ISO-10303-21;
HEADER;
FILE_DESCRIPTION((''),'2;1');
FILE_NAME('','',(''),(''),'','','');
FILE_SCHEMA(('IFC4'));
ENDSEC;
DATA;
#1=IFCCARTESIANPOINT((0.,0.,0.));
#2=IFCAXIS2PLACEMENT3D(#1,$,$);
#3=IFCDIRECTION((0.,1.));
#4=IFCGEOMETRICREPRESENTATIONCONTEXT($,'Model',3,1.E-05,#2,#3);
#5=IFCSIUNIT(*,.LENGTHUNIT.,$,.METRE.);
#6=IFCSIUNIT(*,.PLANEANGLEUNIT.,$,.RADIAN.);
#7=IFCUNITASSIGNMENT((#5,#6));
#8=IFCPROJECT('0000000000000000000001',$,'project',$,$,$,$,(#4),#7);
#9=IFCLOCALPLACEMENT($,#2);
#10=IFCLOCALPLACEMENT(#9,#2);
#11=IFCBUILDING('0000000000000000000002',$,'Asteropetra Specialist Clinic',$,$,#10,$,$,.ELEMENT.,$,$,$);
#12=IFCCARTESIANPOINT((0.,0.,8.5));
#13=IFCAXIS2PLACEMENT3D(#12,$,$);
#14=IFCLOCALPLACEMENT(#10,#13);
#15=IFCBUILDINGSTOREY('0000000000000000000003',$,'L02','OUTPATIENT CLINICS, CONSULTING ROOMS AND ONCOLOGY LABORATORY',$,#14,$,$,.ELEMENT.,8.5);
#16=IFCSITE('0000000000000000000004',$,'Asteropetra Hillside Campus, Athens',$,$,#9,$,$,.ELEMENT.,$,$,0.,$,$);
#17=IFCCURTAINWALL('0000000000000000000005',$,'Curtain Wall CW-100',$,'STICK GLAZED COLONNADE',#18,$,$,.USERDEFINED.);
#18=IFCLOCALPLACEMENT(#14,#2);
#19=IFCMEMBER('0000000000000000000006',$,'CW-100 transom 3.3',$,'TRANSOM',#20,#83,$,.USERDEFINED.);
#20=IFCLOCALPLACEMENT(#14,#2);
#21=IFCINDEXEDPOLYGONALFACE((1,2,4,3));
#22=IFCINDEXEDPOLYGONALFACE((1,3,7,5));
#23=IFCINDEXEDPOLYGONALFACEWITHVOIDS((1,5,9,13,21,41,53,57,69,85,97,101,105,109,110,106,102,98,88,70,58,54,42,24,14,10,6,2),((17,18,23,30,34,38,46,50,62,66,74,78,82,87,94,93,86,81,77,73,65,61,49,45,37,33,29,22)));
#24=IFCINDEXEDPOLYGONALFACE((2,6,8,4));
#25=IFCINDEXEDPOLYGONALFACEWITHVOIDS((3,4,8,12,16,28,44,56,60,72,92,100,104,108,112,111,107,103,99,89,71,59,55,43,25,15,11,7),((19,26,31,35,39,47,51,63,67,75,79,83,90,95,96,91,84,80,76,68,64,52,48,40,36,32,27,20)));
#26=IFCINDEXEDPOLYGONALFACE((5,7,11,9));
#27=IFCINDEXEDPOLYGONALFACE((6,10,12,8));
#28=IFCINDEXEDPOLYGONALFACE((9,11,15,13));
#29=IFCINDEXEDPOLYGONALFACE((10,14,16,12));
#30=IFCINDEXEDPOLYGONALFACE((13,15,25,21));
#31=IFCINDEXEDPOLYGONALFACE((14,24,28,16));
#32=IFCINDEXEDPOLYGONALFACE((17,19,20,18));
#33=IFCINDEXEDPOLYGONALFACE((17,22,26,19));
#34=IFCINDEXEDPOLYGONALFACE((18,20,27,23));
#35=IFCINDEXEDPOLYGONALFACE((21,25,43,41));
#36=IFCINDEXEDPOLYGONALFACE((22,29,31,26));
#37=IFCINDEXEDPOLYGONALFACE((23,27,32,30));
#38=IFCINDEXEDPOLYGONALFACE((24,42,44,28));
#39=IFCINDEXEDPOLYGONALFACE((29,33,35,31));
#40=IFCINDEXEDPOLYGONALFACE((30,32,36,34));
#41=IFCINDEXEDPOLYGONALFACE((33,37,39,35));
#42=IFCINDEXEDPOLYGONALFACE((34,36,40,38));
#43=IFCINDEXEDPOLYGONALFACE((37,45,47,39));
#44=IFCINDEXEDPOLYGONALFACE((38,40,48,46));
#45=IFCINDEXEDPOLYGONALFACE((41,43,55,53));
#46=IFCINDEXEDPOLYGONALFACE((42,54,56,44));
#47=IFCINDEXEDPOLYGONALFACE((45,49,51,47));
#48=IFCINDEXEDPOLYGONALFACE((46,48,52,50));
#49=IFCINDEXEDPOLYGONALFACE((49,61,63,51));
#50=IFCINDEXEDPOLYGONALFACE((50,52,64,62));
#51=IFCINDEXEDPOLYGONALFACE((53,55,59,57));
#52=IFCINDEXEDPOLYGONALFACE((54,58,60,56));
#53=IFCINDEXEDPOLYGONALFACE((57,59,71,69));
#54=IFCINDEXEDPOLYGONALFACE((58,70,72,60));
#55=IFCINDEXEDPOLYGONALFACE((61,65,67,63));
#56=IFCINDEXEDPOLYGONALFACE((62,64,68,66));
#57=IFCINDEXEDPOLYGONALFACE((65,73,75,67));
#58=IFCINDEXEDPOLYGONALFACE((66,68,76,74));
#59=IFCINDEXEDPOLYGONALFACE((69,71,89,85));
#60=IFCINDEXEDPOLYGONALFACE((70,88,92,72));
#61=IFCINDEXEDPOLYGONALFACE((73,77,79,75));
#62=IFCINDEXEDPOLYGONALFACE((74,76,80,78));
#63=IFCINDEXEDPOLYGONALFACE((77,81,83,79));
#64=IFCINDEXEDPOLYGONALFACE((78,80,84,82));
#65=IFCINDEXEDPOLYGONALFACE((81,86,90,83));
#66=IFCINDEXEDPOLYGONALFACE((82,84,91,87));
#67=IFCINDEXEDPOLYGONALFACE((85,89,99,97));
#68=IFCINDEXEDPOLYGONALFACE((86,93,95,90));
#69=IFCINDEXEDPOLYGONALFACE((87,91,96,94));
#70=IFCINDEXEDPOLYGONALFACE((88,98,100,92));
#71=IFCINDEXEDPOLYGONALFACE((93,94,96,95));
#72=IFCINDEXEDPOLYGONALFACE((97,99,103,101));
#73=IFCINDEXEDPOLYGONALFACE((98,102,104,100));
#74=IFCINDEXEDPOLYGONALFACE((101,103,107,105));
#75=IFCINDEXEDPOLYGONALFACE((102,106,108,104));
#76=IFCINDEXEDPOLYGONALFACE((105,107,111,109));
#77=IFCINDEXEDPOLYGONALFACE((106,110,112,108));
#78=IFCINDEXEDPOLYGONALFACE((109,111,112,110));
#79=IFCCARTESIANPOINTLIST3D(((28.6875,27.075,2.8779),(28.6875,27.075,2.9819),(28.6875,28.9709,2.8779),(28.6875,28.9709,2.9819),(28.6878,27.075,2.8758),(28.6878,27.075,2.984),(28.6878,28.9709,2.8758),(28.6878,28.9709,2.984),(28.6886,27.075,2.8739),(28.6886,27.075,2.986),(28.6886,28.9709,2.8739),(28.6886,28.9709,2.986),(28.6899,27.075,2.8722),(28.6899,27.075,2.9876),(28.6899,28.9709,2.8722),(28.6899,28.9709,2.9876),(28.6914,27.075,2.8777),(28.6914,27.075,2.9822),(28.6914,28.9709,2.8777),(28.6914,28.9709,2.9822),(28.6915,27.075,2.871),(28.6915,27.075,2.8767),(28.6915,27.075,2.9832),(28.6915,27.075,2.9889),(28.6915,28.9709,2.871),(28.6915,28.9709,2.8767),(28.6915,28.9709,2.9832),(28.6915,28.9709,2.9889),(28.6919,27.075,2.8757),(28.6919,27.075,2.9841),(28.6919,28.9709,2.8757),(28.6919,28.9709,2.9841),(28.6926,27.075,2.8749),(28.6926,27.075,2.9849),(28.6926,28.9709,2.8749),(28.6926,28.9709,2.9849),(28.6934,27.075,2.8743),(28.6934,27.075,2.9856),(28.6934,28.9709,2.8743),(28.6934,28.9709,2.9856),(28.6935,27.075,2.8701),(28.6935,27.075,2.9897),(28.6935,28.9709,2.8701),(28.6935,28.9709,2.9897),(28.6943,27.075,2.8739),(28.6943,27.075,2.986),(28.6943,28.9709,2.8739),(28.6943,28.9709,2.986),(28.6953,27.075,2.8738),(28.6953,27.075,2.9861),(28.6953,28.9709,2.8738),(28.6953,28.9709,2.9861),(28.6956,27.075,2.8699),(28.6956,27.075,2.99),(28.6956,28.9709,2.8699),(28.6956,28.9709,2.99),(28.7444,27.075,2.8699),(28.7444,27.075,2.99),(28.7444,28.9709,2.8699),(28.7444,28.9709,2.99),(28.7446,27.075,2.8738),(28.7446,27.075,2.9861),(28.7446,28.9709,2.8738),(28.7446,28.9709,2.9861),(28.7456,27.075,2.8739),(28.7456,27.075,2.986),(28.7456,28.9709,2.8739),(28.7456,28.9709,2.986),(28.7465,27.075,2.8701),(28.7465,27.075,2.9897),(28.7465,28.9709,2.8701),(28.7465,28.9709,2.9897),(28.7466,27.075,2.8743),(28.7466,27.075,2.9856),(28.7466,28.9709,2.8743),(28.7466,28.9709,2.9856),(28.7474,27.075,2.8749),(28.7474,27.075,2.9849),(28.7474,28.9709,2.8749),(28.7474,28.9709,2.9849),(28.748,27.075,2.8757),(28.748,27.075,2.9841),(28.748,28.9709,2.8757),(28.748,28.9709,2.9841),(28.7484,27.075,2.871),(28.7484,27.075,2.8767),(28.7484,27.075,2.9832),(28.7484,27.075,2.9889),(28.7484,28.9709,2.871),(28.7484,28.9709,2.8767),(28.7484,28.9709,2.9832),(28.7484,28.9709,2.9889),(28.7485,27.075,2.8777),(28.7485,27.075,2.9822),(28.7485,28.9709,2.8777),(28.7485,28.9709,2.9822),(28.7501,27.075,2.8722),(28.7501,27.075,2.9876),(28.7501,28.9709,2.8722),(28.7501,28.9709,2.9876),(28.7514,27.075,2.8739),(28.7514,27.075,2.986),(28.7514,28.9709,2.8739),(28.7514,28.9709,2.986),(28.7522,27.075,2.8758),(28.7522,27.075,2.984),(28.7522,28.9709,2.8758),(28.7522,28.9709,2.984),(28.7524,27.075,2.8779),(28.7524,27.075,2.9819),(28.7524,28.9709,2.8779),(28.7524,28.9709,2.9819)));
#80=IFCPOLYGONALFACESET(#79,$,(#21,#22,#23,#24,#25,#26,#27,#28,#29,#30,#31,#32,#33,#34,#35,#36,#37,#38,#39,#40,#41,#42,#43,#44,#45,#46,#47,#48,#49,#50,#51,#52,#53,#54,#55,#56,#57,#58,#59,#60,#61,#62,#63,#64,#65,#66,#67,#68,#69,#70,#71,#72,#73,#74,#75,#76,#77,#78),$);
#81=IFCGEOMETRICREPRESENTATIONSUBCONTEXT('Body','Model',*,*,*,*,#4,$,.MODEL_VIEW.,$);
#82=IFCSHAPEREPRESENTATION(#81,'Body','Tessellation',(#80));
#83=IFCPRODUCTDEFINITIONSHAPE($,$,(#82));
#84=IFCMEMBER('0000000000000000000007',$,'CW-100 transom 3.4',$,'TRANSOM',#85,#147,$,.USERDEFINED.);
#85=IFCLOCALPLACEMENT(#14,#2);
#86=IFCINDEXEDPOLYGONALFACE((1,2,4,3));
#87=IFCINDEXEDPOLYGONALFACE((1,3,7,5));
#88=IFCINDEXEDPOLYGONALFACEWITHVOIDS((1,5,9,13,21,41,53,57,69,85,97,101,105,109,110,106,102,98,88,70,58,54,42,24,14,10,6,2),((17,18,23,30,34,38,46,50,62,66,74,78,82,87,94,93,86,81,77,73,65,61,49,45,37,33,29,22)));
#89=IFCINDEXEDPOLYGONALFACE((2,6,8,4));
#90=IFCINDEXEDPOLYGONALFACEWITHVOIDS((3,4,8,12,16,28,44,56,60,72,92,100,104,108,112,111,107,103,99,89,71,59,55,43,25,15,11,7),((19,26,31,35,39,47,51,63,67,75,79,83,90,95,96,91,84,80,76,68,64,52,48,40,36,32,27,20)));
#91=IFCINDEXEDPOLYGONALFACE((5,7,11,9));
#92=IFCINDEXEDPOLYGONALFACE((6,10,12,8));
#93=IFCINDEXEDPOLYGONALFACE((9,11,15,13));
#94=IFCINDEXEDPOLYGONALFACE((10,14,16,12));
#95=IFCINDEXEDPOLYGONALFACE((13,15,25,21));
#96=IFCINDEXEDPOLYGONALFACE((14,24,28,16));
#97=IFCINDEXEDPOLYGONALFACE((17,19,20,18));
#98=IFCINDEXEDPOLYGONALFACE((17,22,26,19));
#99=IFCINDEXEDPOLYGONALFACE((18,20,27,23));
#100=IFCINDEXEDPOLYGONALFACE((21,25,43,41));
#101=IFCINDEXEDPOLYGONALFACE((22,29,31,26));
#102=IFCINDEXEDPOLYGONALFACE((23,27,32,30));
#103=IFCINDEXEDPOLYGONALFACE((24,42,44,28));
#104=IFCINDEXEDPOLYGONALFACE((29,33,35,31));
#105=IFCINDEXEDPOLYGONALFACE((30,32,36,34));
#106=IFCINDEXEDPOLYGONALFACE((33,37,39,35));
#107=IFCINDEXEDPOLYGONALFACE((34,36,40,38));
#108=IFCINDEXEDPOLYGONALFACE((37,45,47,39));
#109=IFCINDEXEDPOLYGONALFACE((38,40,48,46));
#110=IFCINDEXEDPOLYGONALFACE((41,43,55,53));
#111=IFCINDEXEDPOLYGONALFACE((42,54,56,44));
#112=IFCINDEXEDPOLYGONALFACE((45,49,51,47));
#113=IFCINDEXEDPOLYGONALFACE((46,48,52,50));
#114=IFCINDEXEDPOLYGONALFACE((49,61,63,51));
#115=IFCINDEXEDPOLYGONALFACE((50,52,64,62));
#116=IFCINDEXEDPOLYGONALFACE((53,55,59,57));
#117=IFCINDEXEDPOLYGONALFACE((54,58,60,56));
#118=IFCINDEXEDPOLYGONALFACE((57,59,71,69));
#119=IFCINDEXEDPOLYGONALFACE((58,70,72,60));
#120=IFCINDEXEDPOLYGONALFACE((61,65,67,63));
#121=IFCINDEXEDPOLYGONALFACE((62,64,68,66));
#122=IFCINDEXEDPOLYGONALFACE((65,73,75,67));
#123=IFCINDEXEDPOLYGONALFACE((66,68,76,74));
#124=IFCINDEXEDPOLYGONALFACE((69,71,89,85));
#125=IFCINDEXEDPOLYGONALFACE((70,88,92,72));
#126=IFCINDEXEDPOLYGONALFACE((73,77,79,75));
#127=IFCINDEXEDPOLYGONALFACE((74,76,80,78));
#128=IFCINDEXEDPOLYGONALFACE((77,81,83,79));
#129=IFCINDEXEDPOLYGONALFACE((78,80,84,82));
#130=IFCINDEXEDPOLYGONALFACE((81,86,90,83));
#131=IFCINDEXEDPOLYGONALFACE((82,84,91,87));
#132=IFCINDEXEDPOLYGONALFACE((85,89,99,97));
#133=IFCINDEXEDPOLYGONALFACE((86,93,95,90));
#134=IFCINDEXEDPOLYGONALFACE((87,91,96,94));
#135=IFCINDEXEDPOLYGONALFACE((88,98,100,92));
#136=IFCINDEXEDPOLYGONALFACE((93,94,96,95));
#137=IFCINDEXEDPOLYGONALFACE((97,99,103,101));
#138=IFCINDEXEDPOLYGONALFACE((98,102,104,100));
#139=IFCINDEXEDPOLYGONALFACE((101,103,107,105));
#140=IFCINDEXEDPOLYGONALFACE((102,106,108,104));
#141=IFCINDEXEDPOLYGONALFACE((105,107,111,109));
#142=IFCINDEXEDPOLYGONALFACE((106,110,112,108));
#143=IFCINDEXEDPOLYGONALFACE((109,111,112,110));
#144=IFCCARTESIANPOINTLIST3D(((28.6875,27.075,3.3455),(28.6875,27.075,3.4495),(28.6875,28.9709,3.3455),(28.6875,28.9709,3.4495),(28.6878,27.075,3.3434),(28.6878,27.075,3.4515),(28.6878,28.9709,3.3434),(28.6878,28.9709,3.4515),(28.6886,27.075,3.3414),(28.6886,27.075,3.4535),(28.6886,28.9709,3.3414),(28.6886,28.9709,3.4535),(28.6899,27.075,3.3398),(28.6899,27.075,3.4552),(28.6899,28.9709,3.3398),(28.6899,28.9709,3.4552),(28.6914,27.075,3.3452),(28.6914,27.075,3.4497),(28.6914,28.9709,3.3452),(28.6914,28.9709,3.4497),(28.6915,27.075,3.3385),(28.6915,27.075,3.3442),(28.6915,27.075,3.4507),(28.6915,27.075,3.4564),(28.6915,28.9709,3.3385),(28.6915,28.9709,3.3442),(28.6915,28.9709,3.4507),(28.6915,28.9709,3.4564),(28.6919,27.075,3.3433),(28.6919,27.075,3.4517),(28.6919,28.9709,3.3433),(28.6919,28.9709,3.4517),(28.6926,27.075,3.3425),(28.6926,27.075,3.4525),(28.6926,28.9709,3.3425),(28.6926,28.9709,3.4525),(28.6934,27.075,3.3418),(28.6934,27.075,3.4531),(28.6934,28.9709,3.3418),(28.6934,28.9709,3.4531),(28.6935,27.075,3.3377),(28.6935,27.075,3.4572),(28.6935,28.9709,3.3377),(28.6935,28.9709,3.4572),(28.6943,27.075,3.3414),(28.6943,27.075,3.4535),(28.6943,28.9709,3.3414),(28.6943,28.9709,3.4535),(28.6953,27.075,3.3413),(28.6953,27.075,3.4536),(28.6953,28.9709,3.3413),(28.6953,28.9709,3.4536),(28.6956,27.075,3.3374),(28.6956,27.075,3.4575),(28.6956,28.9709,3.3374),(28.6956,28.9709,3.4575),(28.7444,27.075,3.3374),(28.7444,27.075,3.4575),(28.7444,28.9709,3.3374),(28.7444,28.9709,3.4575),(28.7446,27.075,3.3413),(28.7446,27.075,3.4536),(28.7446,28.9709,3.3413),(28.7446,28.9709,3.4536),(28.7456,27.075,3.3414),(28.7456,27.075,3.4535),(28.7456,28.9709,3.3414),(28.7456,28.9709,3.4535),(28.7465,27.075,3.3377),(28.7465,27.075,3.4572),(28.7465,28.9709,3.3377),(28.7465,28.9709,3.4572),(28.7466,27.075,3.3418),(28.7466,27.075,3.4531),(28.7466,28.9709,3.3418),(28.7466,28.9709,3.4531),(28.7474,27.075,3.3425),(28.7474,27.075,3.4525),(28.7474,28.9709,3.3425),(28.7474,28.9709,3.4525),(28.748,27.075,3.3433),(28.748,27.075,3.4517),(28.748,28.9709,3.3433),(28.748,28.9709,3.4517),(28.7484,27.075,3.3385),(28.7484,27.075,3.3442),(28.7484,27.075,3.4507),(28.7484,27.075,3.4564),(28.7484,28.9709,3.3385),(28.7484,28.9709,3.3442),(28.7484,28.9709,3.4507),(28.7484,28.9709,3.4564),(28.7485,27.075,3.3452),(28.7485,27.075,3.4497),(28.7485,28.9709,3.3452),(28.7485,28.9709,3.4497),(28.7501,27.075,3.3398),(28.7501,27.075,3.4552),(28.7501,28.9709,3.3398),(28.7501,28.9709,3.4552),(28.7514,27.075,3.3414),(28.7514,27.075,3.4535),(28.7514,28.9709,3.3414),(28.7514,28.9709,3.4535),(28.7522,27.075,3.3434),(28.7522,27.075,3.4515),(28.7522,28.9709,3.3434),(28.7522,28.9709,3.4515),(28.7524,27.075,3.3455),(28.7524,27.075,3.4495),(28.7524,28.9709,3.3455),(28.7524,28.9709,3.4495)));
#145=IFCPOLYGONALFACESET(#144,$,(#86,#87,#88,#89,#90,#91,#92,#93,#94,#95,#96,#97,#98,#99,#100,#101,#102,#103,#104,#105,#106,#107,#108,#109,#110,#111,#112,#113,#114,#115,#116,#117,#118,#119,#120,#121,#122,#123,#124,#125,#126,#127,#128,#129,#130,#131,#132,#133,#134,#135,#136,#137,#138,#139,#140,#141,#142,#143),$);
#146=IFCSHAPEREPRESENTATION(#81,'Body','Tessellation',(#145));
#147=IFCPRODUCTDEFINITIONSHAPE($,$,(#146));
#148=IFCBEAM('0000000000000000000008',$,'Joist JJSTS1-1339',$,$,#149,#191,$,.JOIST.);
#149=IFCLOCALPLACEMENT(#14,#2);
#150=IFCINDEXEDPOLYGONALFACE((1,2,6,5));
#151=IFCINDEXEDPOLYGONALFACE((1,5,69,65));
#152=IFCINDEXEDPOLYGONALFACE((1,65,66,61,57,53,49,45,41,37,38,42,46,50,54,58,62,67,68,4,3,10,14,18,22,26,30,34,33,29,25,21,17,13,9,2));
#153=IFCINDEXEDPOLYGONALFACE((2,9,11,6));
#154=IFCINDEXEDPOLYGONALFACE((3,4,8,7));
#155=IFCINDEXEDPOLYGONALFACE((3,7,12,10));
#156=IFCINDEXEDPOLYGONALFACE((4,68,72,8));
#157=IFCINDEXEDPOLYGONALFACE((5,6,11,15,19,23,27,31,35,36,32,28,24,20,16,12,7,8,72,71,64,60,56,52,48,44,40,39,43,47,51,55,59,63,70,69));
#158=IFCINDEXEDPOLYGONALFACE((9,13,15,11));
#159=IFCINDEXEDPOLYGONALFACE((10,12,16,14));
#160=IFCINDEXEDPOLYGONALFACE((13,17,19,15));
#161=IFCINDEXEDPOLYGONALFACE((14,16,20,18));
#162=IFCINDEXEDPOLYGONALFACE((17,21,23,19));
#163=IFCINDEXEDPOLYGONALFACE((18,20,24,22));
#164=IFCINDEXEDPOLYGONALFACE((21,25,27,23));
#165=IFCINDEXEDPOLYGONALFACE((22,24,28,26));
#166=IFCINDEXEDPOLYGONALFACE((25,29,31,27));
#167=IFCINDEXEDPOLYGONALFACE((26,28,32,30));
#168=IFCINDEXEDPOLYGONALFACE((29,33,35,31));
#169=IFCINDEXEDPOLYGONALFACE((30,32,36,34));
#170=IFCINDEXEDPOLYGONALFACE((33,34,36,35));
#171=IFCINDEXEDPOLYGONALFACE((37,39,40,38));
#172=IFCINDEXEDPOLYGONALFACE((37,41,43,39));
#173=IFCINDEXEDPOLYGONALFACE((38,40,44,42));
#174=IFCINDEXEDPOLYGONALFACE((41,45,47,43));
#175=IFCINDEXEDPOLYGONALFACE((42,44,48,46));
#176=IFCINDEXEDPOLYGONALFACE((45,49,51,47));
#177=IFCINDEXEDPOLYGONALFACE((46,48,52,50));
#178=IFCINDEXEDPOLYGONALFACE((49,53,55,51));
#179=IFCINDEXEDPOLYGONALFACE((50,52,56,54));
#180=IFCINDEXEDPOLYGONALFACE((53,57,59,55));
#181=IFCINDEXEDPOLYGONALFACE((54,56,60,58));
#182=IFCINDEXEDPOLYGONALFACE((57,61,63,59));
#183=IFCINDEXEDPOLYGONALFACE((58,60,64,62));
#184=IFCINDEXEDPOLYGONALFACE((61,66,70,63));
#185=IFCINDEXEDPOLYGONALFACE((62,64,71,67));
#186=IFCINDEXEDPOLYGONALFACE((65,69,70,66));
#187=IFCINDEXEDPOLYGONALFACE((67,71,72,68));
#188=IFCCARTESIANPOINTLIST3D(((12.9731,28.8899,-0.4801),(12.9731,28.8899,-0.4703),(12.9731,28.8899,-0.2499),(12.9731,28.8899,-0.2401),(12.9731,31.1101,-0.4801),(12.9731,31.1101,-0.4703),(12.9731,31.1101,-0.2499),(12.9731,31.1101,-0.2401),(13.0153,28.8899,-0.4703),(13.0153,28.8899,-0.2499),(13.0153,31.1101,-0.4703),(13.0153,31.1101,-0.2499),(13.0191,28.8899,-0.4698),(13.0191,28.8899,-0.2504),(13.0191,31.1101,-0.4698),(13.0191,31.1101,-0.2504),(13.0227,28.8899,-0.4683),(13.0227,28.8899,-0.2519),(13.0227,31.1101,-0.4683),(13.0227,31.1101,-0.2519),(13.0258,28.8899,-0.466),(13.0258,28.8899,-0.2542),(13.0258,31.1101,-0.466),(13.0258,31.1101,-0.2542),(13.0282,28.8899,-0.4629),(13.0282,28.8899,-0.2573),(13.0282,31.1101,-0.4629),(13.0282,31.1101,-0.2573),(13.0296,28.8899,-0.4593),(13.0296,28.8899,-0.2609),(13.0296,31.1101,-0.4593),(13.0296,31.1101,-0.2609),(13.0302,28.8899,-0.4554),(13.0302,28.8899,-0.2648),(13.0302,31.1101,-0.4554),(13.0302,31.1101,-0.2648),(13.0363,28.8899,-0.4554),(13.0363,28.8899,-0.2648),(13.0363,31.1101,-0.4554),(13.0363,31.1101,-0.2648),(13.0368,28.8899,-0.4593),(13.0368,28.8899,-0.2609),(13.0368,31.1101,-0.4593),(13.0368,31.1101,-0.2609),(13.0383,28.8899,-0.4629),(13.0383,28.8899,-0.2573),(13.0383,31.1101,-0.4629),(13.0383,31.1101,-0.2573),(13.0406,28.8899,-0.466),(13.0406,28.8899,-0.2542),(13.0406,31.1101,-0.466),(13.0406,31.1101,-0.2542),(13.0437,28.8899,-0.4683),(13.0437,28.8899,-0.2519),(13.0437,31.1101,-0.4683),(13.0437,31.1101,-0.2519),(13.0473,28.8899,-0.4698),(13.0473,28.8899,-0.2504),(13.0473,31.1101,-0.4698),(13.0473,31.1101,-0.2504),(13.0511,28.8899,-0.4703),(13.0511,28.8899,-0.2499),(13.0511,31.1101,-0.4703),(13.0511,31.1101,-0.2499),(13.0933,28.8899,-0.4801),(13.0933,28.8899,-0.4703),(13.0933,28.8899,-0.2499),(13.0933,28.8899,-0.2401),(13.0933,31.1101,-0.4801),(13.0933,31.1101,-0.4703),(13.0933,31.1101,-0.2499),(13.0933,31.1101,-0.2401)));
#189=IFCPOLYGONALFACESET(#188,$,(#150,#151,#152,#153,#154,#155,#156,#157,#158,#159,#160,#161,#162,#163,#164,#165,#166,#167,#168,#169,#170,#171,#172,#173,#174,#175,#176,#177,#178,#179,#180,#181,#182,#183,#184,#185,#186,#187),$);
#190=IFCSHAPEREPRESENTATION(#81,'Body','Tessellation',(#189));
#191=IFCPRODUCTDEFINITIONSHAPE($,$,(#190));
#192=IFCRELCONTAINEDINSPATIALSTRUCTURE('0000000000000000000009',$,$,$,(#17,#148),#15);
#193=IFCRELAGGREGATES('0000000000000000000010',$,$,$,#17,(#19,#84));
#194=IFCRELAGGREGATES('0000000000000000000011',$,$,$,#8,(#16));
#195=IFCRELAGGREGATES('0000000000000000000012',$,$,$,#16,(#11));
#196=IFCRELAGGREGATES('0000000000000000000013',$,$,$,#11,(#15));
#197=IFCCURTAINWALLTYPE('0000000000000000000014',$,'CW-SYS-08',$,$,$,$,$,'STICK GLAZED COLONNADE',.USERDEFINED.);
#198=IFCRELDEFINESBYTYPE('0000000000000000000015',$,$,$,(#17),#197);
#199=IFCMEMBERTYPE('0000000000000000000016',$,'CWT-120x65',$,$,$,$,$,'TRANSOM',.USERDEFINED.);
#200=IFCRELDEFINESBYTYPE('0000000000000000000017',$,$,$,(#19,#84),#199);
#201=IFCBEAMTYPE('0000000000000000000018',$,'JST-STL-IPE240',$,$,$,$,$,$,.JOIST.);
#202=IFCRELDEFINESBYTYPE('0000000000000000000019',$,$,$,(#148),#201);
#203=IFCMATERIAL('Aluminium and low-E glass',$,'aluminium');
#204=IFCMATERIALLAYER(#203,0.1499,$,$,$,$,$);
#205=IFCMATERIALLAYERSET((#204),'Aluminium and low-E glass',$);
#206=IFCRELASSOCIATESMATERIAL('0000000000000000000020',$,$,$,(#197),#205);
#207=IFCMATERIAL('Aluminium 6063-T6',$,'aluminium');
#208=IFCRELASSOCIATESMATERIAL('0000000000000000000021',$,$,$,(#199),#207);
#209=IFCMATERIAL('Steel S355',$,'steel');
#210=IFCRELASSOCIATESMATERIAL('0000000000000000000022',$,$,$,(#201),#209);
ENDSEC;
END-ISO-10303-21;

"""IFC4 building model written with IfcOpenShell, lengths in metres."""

from ifc_helpers import new_model, si_unit, direction, frame, origin, origin_2d, place, context, subcontext, project, spatial, hollow_rectangle, i_section, extrude, material, layer, layer_set, material_profile, profile_set, type_object, element, aggregate, save


model = new_model("IFC4")

# Units and contexts
model_context = context("Model", 3, precision=1e-05, world=origin(), true_north=direction((0.0, 1.0)))
body_context = subcontext(model_context, "Body", "Model", "MODEL_VIEW")
ifc_project = project(units=[si_unit("LENGTHUNIT", "METRE"), si_unit("PLANEANGLEUNIT", "RADIAN")], contexts=[model_context])

# Site, building, storey
site_placement = place(None, origin())
site = spatial("IfcSite", under=ifc_project, at=site_placement, Name="Asteropetra Hillside Campus, Athens", CompositionType="ELEMENT", RefElevation=0.0)
building_placement = place(site_placement, origin())
building = spatial("IfcBuilding", under=site, at=building_placement, Name="Asteropetra Specialist Clinic", CompositionType="ELEMENT")
storey_placement = place(building_placement, frame((0.0, 0.0, 8.5)))
storey = spatial("IfcBuildingStorey", under=building, at=storey_placement, Name="L02", Description="OUTPATIENT CLINICS, CONSULTING ROOMS AND ONCOLOGY LABORATORY", CompositionType="ELEMENT", Elevation=8.5)

# Curtain wall, members
ifc_material_1 = material(Name="Aluminium and low-E glass", Category="aluminium")
ifc_layer_1 = layer(ifc_material_1, 0.1499)
ifc_layer_set_1 = layer_set([ifc_layer_1], Name="Aluminium and low-E glass")
curtain_wall_type = type_object("IfcCurtainWallType", Name="CW-SYS-08", ElementType="STICK GLAZED COLONNADE", PredefinedType="USERDEFINED", material=ifc_layer_set_1)
curtain_wall_placement = place(storey_placement, origin())
curtain_wall = element("IfcCurtainWall", 1, at=curtain_wall_placement, inside=storey, type_object=curtain_wall_type, Name="Curtain Wall CW-100", ObjectType="STICK GLAZED COLONNADE", PredefinedType="USERDEFINED")
ifc_material_2 = material(Name="Aluminium 6063-T6", Category="aluminium")
ifc_material_profile_1 = material_profile(ifc_material_2, hollow_rectangle(XDim=0.0649, YDim=0.1201, WallThickness=0.0039, InnerFilletRadius=0.0039, OuterFilletRadius=0.0081, at=origin_2d()), Name="TRN 120x65x4.0")
ifc_profile_set_1 = profile_set([ifc_material_profile_1], Name="Aluminium 6063-T6")
member_type_1 = type_object("IfcMemberType", Name="CWT-120x65", ElementType="TRANSOM", PredefinedType="USERDEFINED", material=ifc_profile_set_1)
member_1_placement = place(storey_placement, frame((28.72, 28.9709, 2.9299), z_axis=(0.0, -1.0, 0.0), x_axis=(1.0, 0.0, 0.0)))
member_1 = element("IfcMember", 2, at=member_1_placement, type_object=member_type_1, Name="CW-100 transom 3.3", ObjectType="TRANSOM", PredefinedType="USERDEFINED", context=body_context, shape_type="SweptSolid", body=[
    extrude(hollow_rectangle(XDim=0.0649, YDim=0.1201, WallThickness=0.0039, InnerFilletRadius=0.0039, OuterFilletRadius=0.0081, at=origin_2d()), origin(), (0.0, 0.0, 1.0), 1.896),
])
member_2_placement = place(storey_placement, frame((28.72, 28.9709, 3.3975), z_axis=(0.0, -1.0, 0.0), x_axis=(1.0, 0.0, 0.0)))
member_2 = element("IfcMember", 3, at=member_2_placement, type_object=member_type_1, Name="CW-100 transom 3.4", ObjectType="TRANSOM", PredefinedType="USERDEFINED", context=body_context, shape_type="SweptSolid", body=[
    extrude(hollow_rectangle(XDim=0.0649, YDim=0.1201, WallThickness=0.0039, InnerFilletRadius=0.0039, OuterFilletRadius=0.0081, at=origin_2d()), origin(), (0.0, 0.0, 1.0), 1.896),
])

# Beam
ifc_material_3 = material(Name="Steel S355", Category="steel")
ifc_material_profile_2 = material_profile(ifc_material_3, i_section(OverallWidth=0.1201, OverallDepth=0.24, WebThickness=0.0061, FlangeThickness=0.0098, FilletRadius=0.0149, at=origin_2d()), Name="IPE 240")
ifc_profile_set_2 = profile_set([ifc_material_profile_2], Name="Steel S355")
beam_type_1 = type_object("IfcBeamType", Name="JST-STL-IPE240", PredefinedType="JOIST", material=ifc_profile_set_2)
for number, where, z_axis, x_axis, name in (
    (4, (13.0332, 28.8899, -0.3601), (0.0, 1.0, 0.0), (-1.0, 0.0, 0.0), "Joist JJSTS1-1339"),
):
    element("IfcBeam", number, at=place(storey_placement, frame(where, z_axis=z_axis, x_axis=x_axis)), inside=storey, type_object=beam_type_1, Name=name, PredefinedType="JOIST", context=body_context, shape_type="SweptSolid", body=[
        extrude(i_section(OverallWidth=0.1201, OverallDepth=0.24, WebThickness=0.0061, FlangeThickness=0.0098, FilletRadius=0.0149, at=origin_2d()), origin(), (0.0, 0.0, 1.0), 2.2202),
    ])

aggregate(curtain_wall, [member_1, member_2])

save(model, "model.ifc")
